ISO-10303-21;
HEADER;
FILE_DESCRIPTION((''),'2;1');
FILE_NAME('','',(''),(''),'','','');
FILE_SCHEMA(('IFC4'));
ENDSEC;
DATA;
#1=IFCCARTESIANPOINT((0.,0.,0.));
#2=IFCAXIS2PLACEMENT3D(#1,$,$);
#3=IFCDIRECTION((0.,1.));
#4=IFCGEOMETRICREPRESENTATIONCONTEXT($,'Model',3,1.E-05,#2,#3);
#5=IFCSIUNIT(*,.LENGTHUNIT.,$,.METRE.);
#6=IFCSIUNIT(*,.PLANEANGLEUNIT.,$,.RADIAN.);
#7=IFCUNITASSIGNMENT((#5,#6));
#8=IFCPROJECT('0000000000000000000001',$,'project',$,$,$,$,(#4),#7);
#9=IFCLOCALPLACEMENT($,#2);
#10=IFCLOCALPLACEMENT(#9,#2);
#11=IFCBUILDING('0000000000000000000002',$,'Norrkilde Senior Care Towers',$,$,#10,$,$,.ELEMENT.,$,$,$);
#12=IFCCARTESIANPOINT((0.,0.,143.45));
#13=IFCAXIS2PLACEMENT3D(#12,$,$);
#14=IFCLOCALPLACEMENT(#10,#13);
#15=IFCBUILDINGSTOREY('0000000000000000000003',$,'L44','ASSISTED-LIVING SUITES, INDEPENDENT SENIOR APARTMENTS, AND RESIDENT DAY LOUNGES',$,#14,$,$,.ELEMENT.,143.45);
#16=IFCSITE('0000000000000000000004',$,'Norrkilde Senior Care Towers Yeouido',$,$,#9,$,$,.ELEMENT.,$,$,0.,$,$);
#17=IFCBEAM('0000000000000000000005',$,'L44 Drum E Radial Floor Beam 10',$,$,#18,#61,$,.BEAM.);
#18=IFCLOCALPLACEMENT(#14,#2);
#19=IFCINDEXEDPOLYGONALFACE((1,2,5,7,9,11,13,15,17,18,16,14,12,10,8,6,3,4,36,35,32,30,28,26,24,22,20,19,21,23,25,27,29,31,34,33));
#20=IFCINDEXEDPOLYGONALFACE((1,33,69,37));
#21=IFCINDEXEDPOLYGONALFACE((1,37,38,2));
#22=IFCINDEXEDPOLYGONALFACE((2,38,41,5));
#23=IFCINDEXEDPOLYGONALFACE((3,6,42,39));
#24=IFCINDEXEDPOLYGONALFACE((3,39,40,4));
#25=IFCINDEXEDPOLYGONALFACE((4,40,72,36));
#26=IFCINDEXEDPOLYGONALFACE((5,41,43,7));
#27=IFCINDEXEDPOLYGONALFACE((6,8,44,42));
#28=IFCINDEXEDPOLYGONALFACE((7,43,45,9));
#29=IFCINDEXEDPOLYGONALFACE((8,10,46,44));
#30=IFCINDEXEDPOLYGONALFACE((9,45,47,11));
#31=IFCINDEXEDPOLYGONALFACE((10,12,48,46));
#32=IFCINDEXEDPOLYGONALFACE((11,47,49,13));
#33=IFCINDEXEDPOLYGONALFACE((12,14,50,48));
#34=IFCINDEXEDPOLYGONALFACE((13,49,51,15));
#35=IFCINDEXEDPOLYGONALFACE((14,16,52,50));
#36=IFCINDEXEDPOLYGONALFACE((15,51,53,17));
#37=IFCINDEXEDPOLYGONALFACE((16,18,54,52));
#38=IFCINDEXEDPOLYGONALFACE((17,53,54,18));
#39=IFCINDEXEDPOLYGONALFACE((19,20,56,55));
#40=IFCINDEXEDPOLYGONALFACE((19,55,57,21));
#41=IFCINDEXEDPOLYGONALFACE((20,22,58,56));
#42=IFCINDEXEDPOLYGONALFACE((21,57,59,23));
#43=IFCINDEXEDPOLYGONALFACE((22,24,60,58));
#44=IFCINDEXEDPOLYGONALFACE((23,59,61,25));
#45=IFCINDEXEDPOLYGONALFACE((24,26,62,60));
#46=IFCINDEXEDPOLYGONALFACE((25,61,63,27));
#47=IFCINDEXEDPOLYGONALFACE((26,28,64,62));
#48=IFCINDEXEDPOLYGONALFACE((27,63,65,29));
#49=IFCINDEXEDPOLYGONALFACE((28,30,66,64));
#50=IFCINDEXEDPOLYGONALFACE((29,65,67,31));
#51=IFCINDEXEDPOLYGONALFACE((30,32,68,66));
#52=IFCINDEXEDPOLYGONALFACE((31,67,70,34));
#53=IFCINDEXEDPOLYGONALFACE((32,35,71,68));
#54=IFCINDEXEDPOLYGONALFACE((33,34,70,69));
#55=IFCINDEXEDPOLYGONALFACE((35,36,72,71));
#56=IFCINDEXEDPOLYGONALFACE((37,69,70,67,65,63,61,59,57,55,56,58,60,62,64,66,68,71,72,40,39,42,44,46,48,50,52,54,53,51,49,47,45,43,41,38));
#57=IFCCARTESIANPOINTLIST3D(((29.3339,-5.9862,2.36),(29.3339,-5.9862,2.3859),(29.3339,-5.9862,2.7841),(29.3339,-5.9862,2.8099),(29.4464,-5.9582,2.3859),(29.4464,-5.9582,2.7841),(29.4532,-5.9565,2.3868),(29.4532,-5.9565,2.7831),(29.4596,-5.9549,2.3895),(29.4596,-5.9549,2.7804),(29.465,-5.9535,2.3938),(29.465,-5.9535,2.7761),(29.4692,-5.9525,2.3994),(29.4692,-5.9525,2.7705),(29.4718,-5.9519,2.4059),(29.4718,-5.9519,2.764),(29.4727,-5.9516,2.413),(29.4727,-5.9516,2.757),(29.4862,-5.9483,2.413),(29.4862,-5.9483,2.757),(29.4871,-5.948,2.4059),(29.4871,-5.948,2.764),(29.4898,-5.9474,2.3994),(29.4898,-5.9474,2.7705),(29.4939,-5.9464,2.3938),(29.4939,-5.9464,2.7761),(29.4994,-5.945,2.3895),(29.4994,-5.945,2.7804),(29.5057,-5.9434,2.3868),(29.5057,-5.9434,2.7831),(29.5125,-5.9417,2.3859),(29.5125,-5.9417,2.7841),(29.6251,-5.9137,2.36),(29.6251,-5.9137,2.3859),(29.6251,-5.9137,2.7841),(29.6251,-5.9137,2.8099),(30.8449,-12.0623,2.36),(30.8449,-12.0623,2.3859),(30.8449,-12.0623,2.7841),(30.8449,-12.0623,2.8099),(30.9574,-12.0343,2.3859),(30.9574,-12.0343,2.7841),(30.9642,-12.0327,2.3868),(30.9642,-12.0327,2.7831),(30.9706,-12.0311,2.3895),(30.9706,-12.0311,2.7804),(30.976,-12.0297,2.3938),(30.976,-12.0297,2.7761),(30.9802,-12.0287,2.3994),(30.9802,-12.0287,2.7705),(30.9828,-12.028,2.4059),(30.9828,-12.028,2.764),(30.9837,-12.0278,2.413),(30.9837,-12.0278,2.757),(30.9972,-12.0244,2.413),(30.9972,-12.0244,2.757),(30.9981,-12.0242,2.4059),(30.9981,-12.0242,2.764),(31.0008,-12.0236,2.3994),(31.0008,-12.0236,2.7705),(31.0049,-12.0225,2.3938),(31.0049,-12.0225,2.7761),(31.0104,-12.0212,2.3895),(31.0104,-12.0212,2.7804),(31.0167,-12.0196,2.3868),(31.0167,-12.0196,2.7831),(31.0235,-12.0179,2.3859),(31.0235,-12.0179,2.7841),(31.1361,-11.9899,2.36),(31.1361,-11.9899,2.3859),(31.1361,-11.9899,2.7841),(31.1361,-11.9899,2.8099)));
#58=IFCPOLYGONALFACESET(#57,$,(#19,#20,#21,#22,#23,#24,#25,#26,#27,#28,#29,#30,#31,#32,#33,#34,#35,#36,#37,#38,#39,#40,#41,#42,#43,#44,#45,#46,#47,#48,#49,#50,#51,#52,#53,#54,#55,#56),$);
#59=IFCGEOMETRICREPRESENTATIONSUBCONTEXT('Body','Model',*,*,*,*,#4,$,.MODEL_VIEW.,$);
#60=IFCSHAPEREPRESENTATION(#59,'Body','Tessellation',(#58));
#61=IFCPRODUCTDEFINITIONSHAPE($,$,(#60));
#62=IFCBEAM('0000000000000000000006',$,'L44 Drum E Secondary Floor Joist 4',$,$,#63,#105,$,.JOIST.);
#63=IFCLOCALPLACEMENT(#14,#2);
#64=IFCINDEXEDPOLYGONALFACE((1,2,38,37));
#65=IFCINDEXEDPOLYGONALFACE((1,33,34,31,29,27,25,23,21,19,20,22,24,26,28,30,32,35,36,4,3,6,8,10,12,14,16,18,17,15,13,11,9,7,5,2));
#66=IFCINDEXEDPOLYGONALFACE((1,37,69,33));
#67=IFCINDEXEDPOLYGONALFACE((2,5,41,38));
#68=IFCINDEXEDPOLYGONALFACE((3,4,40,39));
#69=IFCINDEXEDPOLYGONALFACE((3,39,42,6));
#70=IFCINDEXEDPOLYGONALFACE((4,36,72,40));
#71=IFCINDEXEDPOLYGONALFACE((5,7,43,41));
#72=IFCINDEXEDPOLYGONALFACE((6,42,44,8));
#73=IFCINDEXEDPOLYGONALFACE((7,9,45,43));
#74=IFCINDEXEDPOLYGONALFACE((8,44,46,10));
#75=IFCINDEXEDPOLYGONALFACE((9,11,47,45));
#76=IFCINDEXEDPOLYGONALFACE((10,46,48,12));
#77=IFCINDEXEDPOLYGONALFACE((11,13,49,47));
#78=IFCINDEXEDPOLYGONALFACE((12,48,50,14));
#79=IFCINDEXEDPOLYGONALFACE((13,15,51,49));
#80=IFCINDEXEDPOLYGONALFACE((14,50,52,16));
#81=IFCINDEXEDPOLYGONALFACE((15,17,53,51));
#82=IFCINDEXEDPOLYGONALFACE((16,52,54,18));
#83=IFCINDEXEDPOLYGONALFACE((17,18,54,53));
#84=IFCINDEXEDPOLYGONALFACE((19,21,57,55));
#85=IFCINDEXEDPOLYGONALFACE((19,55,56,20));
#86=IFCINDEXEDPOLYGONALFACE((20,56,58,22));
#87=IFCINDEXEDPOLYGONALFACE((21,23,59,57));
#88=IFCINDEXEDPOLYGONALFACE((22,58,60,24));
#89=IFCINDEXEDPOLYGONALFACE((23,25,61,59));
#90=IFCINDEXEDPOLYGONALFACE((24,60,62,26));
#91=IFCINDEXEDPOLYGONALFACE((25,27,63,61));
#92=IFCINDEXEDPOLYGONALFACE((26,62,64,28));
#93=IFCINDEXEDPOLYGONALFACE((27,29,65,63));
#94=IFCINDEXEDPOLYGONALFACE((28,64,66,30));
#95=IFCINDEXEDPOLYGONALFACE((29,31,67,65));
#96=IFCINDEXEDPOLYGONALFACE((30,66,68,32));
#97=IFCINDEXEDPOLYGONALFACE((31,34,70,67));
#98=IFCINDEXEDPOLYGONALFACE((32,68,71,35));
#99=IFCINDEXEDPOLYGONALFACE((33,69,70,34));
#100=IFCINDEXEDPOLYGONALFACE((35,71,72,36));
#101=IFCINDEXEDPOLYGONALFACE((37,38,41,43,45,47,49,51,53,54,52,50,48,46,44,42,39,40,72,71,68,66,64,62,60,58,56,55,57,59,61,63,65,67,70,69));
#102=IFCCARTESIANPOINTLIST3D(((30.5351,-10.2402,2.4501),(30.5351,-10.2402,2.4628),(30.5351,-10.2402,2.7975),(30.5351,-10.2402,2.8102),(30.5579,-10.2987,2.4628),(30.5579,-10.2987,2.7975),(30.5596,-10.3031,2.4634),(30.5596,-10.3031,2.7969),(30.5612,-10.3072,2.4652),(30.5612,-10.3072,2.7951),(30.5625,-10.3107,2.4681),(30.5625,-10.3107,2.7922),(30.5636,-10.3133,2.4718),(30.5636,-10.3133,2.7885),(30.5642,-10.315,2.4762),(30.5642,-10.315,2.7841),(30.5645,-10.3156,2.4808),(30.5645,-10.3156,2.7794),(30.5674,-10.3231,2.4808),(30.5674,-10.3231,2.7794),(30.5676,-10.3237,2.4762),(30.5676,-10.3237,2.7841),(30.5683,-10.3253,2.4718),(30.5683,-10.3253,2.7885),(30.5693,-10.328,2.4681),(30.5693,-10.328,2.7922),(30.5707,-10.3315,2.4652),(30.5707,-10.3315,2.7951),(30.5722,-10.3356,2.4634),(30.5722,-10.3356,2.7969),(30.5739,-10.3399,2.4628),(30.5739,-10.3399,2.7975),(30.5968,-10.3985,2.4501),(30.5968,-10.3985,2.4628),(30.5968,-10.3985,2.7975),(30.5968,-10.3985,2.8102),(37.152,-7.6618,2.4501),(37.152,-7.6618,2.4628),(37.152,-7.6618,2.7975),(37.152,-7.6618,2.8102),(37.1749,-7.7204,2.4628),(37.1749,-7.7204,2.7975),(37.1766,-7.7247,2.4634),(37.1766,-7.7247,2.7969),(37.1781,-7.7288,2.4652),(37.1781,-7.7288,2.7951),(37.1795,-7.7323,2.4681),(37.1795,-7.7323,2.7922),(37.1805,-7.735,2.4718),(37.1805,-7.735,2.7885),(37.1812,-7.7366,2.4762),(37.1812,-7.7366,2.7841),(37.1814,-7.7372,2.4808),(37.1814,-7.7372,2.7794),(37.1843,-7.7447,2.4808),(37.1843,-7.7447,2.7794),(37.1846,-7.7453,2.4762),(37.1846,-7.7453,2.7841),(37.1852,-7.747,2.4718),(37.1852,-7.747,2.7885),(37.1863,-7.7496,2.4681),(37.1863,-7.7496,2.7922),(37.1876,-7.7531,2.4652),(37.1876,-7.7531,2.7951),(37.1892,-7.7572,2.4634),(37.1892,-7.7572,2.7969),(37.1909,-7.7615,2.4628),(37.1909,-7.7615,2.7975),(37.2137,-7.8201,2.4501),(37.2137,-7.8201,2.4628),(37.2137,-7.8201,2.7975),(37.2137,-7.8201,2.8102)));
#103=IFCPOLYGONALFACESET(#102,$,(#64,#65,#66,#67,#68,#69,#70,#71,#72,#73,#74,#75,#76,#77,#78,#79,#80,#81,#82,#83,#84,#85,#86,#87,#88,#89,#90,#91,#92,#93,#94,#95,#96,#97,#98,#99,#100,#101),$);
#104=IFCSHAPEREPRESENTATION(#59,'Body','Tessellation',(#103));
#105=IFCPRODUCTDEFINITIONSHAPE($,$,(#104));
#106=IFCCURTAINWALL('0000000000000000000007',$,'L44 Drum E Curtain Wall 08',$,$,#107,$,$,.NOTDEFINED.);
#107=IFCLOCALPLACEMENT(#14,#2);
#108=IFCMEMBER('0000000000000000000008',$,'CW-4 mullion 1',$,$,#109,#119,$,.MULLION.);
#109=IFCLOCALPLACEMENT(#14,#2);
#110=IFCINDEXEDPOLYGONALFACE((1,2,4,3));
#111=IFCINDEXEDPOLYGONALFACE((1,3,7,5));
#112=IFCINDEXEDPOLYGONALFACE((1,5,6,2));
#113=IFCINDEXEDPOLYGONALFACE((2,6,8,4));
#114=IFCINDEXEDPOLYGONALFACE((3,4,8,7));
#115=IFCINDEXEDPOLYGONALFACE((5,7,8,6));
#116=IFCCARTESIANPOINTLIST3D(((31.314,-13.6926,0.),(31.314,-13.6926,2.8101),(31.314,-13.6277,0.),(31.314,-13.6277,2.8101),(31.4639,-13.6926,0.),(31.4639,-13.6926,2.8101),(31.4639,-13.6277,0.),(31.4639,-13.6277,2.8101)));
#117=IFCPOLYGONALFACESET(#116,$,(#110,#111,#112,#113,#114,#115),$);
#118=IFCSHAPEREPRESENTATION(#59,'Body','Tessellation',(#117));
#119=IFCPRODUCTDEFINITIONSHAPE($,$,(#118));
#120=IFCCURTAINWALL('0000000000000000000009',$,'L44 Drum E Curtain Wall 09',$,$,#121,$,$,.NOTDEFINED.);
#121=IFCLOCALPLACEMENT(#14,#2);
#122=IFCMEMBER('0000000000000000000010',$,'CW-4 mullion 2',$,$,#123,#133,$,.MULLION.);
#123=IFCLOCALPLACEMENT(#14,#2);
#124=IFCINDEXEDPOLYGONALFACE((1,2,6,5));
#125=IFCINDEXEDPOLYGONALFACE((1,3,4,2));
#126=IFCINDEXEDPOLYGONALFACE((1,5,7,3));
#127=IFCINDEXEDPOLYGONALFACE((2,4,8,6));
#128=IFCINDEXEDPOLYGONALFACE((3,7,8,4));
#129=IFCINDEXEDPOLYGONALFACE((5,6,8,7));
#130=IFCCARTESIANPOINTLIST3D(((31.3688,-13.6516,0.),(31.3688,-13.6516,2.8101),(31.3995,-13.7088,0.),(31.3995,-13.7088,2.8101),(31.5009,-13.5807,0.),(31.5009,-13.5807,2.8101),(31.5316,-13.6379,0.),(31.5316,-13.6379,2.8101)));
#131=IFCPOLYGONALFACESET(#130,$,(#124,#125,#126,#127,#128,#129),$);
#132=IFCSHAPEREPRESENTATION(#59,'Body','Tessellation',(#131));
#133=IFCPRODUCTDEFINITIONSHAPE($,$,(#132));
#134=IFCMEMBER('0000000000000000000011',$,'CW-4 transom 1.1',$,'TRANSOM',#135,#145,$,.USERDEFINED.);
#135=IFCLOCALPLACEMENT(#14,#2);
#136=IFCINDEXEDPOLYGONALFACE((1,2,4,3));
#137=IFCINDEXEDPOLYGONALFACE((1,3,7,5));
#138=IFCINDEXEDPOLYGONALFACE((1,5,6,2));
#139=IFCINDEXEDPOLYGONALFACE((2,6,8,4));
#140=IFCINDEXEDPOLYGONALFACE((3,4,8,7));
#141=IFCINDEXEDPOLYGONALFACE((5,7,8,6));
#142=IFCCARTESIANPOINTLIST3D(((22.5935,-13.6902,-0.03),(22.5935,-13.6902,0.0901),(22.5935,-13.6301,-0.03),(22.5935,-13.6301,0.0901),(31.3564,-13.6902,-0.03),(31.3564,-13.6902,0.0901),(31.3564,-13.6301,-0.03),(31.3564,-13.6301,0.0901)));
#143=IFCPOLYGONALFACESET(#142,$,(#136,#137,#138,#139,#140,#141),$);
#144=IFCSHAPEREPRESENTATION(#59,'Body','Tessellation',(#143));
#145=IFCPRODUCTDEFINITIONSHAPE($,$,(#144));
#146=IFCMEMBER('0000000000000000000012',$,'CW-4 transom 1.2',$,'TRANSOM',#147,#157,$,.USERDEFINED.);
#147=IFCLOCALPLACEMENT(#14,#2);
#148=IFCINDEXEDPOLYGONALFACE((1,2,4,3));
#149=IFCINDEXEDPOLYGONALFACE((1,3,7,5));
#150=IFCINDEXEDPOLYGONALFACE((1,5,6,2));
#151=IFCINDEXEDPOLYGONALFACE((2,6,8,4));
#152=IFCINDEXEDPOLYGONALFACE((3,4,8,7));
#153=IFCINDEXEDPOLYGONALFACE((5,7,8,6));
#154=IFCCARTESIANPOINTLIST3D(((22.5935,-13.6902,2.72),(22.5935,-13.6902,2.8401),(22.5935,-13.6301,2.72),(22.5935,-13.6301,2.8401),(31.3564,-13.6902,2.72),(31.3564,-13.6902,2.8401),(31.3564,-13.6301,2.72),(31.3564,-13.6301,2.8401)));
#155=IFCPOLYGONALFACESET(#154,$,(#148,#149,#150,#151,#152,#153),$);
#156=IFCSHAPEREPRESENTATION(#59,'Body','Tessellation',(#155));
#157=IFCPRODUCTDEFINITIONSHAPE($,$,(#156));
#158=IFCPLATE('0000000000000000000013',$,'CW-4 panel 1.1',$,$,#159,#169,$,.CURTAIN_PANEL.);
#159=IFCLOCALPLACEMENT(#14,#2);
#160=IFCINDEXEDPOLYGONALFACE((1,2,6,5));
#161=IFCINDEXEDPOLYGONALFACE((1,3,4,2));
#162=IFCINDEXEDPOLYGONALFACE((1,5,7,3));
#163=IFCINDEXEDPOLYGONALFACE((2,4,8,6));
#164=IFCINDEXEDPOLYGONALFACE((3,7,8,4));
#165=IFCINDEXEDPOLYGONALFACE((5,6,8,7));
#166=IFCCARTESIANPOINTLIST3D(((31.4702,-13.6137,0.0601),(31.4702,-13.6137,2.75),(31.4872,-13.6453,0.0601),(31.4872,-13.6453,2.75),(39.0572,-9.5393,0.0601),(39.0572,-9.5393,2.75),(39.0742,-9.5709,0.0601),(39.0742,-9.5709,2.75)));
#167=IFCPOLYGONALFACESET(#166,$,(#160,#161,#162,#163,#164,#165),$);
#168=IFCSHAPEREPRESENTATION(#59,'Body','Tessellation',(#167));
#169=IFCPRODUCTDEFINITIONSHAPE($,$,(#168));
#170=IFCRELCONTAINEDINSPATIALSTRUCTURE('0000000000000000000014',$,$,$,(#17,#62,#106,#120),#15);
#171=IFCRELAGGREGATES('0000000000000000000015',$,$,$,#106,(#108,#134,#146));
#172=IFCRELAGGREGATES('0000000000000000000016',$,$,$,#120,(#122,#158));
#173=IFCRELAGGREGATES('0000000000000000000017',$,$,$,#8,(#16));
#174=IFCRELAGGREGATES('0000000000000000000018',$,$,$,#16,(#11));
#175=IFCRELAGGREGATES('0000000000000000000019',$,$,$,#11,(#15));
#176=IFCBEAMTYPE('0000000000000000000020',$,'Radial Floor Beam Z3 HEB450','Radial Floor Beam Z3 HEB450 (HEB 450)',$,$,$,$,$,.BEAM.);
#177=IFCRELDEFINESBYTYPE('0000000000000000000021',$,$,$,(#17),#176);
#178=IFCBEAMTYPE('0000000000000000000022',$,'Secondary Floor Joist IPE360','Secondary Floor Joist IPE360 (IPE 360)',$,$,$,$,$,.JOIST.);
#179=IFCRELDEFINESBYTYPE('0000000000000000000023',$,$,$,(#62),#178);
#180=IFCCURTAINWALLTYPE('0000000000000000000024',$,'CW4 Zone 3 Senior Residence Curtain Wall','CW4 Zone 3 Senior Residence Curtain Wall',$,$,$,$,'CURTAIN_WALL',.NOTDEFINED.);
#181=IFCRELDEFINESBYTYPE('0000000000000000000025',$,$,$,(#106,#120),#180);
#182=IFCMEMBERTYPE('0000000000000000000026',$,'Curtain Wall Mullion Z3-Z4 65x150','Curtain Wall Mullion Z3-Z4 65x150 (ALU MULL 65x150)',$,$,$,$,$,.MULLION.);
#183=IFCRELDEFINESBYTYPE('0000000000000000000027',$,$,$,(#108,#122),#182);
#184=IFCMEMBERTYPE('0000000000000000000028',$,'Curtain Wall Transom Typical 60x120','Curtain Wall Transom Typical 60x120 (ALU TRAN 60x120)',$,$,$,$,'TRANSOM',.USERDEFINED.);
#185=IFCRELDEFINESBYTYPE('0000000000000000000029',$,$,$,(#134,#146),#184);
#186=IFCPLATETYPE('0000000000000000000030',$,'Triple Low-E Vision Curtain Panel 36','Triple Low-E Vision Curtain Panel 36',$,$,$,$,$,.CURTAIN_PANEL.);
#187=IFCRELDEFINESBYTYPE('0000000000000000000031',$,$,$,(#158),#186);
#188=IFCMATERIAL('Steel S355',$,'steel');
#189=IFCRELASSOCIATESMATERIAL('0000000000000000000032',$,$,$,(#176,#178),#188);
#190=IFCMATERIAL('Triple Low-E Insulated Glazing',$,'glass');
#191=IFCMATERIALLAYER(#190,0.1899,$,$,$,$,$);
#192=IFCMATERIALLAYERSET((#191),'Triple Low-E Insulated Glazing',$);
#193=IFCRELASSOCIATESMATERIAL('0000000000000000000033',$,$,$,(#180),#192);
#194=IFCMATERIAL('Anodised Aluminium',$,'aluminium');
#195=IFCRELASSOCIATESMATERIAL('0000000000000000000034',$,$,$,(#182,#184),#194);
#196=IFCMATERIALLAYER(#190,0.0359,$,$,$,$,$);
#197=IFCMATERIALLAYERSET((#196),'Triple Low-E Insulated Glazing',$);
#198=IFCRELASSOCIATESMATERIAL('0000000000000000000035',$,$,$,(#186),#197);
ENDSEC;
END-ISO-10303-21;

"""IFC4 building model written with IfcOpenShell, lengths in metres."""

from ifc_helpers import new_model, si_unit, direction, frame, origin, origin_2d, place, context, subcontext, project, spatial, rectangle, i_section, extrude, source, transform, mapped, material, layer, layer_set, material_profile, profile_set, type_object, type_shapes, element, aggregate, save


model = new_model("IFC4")

# Units and contexts
model_context = context("Model", 3, precision=1e-05, world=origin(), true_north=direction((0.0, 1.0)))
body_context = subcontext(model_context, "Body", "Model", "MODEL_VIEW")
ifc_project = project(units=[si_unit("LENGTHUNIT", "METRE"), si_unit("PLANEANGLEUNIT", "RADIAN")], contexts=[model_context])

# Site, building, storey
site_placement = place(None, origin())
site = spatial("IfcSite", under=ifc_project, at=site_placement, Name="Norrkilde Senior Care Towers Yeouido", CompositionType="ELEMENT", RefElevation=0.0)
building_placement = place(site_placement, origin())
building = spatial("IfcBuilding", under=site, at=building_placement, Name="Norrkilde Senior Care Towers", CompositionType="ELEMENT")
storey_placement = place(building_placement, frame((0.0, 0.0, 143.45)))
storey = spatial("IfcBuildingStorey", under=building, at=storey_placement, Name="L44", Description="ASSISTED-LIVING SUITES, INDEPENDENT SENIOR APARTMENTS, AND RESIDENT DAY LOUNGES", CompositionType="ELEMENT", Elevation=143.45)

# Beams
ifc_material_1 = material(Name="Steel S355", Category="steel")
ifc_material_profile_1 = material_profile(ifc_material_1, i_section(OverallWidth=0.3, OverallDepth=0.45, WebThickness=0.0139, FlangeThickness=0.0259, FilletRadius=0.0271, at=origin_2d()), Name="HEB 450")
ifc_profile_set_1 = profile_set([ifc_material_profile_1], Name="Steel S355")
beam_type_1 = type_object("IfcBeamType", Name="Radial Floor Beam Z3 HEB450", Description="Radial Floor Beam Z3 HEB450 (HEB 450)", PredefinedType="BEAM", material=ifc_profile_set_1)
shared_shape_1 = source(origin(), body_context, "Body", "SweptSolid", [
    extrude(i_section(OverallWidth=0.3, OverallDepth=0.45, WebThickness=0.0139, FlangeThickness=0.0259, FilletRadius=0.0271, at=origin_2d()), origin(), (0.0, 0.0, 1.0), 6.2612),
])
beam_1_placement = place(storey_placement, frame((29.4795, -5.95, 2.585), z_axis=(0.241324, -0.970445, 0.0), x_axis=(0.970445, 0.241324, 0.0)))
element("IfcBeam", 1, at=beam_1_placement, inside=storey, type_object=beam_type_1, Name="L44 Drum E Radial Floor Beam 10", PredefinedType="BEAM", context=body_context, shape_type="MappedRepresentation", body=[
    mapped(shared_shape_1, transform((0.0, 0.0, 0.0), x_axis=(1.0, 0.0, 0.0), y_axis=(0.0, 1.0, 0.0), z_axis=(0.0, 0.0, 1.0), scale=1.0)),
])
ifc_material_profile_2 = material_profile(ifc_material_1, i_section(OverallWidth=0.1699, OverallDepth=0.3601, WebThickness=0.0081, FlangeThickness=0.0127, FilletRadius=0.0181, at=origin_2d()), Name="IPE 360")
ifc_profile_set_2 = profile_set([ifc_material_profile_2], Name="Steel S355")
beam_type_2 = type_object("IfcBeamType", Name="Secondary Floor Joist IPE360", Description="Secondary Floor Joist IPE360 (IPE 360)", PredefinedType="JOIST", material=ifc_profile_set_2)
shared_shape_2 = source(origin(), body_context, "Body", "SweptSolid", [
    extrude(i_section(OverallWidth=0.1699, OverallDepth=0.3601, WebThickness=0.0081, FlangeThickness=0.0127, FilletRadius=0.0181, at=origin_2d()), origin(), (0.0, 0.0, 1.0), 7.1016),
])
type_shapes(beam_type_2, [shared_shape_2])
beam_2_placement = place(storey_placement, frame((30.5659, -10.3193, 2.6301), z_axis=(0.931761, 0.363072, 0.0), x_axis=(-0.363072, 0.931761, 0.0)))
element("IfcBeam", 2, at=beam_2_placement, inside=storey, type_object=beam_type_2, Name="L44 Drum E Secondary Floor Joist 4", PredefinedType="JOIST", context=body_context, shape_type="MappedRepresentation", body=[
    mapped(shared_shape_2, transform((0.0, 0.0, 0.0), x_axis=(1.0, 0.0, 0.0), y_axis=(0.0, 1.0, 0.0), z_axis=(0.0, 0.0, 1.0), scale=1.0)),
])

# Curtain walls, members
ifc_material_2 = material(Name="Triple Low-E Insulated Glazing", Category="glass")
ifc_layer_1 = layer(ifc_material_2, 0.1899)
ifc_layer_set_1 = layer_set([ifc_layer_1], Name="Triple Low-E Insulated Glazing")
curtain_wall_type = type_object("IfcCurtainWallType", Name="CW4 Zone 3 Senior Residence Curtain Wall", Description="CW4 Zone 3 Senior Residence Curtain Wall", ElementType="CURTAIN_WALL", PredefinedType="NOTDEFINED", material=ifc_layer_set_1)
curtain_wall_1_placement = place(storey_placement, origin())
curtain_wall_1 = element("IfcCurtainWall", 3, at=curtain_wall_1_placement, inside=storey, type_object=curtain_wall_type, Name="L44 Drum E Curtain Wall 08", PredefinedType="NOTDEFINED")
ifc_material_3 = material(Name="Anodised Aluminium", Category="aluminium")
ifc_material_profile_3 = material_profile(ifc_material_3, rectangle(XDim=0.0649, YDim=0.1499, at=origin_2d()), Name="ALU MULL 65x150")
ifc_profile_set_3 = profile_set([ifc_material_profile_3], Name="Anodised Aluminium")
member_type_1 = type_object("IfcMemberType", Name="Curtain Wall Mullion Z3-Z4 65x150", Description="Curtain Wall Mullion Z3-Z4 65x150 (ALU MULL 65x150)", PredefinedType="MULLION", material=ifc_profile_set_3)
shared_shape_3 = source(origin(), body_context, "Body", "SweptSolid", [
    extrude(rectangle(XDim=0.0649, YDim=0.1499, at=origin_2d()), origin(), (0.0, 0.0, 1.0), 2.8101),
])
type_shapes(member_type_1, [shared_shape_3])
member_1_placement = place(storey_placement, frame((31.3889, -13.6602, 0.0), z_axis=(0.0, 0.0, 1.0), x_axis=(0.0, -1.0, 0.0)))
member_1 = element("IfcMember", 4, at=member_1_placement, type_object=member_type_1, Name="CW-4 mullion 1", PredefinedType="MULLION", context=body_context, shape_type="MappedRepresentation", body=[
    mapped(shared_shape_3, transform((0.0, 0.0, 0.0), x_axis=(1.0, 0.0, 0.0), y_axis=(0.0, 1.0, 0.0), z_axis=(0.0, 0.0, 1.0), scale=1.0)),
])
curtain_wall_2_placement = place(storey_placement, origin())
curtain_wall_2 = element("IfcCurtainWall", 5, at=curtain_wall_2_placement, inside=storey, type_object=curtain_wall_type, Name="L44 Drum E Curtain Wall 09", PredefinedType="NOTDEFINED")
member_2_placement = place(storey_placement, frame((31.4502, -13.6448, 0.0), z_axis=(0.0, 0.0, 1.0), x_axis=(0.473117, -0.881, 0.0)))
member_2 = element("IfcMember", 6, at=member_2_placement, type_object=member_type_1, Name="CW-4 mullion 2", PredefinedType="MULLION", context=body_context, shape_type="MappedRepresentation", body=[
    mapped(shared_shape_3, transform((0.0, 0.0, 0.0), x_axis=(1.0, 0.0, 0.0), y_axis=(0.0, 1.0, 0.0), z_axis=(0.0, 0.0, 1.0), scale=1.0)),
])

# Members
ifc_material_profile_4 = material_profile(ifc_material_3, rectangle(XDim=0.0601, YDim=0.1201, at=origin_2d()), Name="ALU TRAN 60x120")
ifc_profile_set_4 = profile_set([ifc_material_profile_4], Name="Anodised Aluminium")
member_type_2 = type_object("IfcMemberType", Name="Curtain Wall Transom Typical 60x120", Description="Curtain Wall Transom Typical 60x120 (ALU TRAN 60x120)", ElementType="TRANSOM", PredefinedType="USERDEFINED", material=ifc_profile_set_4)
shared_shape_4 = source(origin(), body_context, "Body", "SweptSolid", [
    extrude(rectangle(XDim=0.0601, YDim=0.1201, at=origin_2d()), origin(), (0.0, 0.0, 1.0), 8.7629),
])
type_shapes(member_type_2, [shared_shape_4])
member_3_placement = place(storey_placement, frame((31.3564, -13.6602, 0.03), z_axis=(-1.0, 0.0, 0.0), x_axis=(0.0, -1.0, 0.0)))
member_3 = element("IfcMember", 7, at=member_3_placement, type_object=member_type_2, Name="CW-4 transom 1.1", ObjectType="TRANSOM", PredefinedType="USERDEFINED", context=body_context, shape_type="MappedRepresentation", body=[
    mapped(shared_shape_4, transform((0.0, 0.0, 0.0), x_axis=(1.0, 0.0, 0.0), y_axis=(0.0, 1.0, 0.0), z_axis=(0.0, 0.0, 1.0), scale=1.0)),
])
member_4_placement = place(storey_placement, frame((31.3564, -13.6602, 2.78), z_axis=(-1.0, 0.0, 0.0), x_axis=(0.0, -1.0, 0.0)))
member_4 = element("IfcMember", 8, at=member_4_placement, type_object=member_type_2, Name="CW-4 transom 1.2", ObjectType="TRANSOM", PredefinedType="USERDEFINED", context=body_context, shape_type="MappedRepresentation", body=[
    mapped(shared_shape_4, transform((0.0, 0.0, 0.0), x_axis=(1.0, 0.0, 0.0), y_axis=(0.0, 1.0, 0.0), z_axis=(0.0, 0.0, 1.0), scale=1.0)),
])
aggregate(curtain_wall_1, [member_1, member_3, member_4])

# Plate
ifc_layer_2 = layer(ifc_material_2, 0.0359)
ifc_layer_set_2 = layer_set([ifc_layer_2], Name="Triple Low-E Insulated Glazing")
plate_type = type_object("IfcPlateType", Name="Triple Low-E Vision Curtain Panel 36", Description="Triple Low-E Vision Curtain Panel 36", PredefinedType="CURTAIN_PANEL", material=ifc_layer_set_2)
shared_shape_5 = source(origin(), body_context, "Body", "SweptSolid", [
    extrude(rectangle(XDim=8.6118, YDim=0.0359, at=origin_2d()), origin(), (0.0, 0.0, 1.0), 2.6899),
])
type_shapes(plate_type, [shared_shape_5])
plate_placement = place(storey_placement, frame((35.2722, -11.5923, 0.0601), z_axis=(0.0, 0.0, 1.0), x_axis=(-0.881, -0.473117, 0.0)))
plate = element("IfcPlate", 9, at=plate_placement, type_object=plate_type, Name="CW-4 panel 1.1", PredefinedType="CURTAIN_PANEL", context=body_context, shape_type="MappedRepresentation", body=[
    mapped(shared_shape_5, transform((0.0, 0.0, 0.0), x_axis=(1.0, 0.0, 0.0), y_axis=(0.0, 1.0, 0.0), z_axis=(0.0, 0.0, 1.0), scale=1.0)),
])
aggregate(curtain_wall_2, [member_2, plate])

save(model, "model.ifc")
